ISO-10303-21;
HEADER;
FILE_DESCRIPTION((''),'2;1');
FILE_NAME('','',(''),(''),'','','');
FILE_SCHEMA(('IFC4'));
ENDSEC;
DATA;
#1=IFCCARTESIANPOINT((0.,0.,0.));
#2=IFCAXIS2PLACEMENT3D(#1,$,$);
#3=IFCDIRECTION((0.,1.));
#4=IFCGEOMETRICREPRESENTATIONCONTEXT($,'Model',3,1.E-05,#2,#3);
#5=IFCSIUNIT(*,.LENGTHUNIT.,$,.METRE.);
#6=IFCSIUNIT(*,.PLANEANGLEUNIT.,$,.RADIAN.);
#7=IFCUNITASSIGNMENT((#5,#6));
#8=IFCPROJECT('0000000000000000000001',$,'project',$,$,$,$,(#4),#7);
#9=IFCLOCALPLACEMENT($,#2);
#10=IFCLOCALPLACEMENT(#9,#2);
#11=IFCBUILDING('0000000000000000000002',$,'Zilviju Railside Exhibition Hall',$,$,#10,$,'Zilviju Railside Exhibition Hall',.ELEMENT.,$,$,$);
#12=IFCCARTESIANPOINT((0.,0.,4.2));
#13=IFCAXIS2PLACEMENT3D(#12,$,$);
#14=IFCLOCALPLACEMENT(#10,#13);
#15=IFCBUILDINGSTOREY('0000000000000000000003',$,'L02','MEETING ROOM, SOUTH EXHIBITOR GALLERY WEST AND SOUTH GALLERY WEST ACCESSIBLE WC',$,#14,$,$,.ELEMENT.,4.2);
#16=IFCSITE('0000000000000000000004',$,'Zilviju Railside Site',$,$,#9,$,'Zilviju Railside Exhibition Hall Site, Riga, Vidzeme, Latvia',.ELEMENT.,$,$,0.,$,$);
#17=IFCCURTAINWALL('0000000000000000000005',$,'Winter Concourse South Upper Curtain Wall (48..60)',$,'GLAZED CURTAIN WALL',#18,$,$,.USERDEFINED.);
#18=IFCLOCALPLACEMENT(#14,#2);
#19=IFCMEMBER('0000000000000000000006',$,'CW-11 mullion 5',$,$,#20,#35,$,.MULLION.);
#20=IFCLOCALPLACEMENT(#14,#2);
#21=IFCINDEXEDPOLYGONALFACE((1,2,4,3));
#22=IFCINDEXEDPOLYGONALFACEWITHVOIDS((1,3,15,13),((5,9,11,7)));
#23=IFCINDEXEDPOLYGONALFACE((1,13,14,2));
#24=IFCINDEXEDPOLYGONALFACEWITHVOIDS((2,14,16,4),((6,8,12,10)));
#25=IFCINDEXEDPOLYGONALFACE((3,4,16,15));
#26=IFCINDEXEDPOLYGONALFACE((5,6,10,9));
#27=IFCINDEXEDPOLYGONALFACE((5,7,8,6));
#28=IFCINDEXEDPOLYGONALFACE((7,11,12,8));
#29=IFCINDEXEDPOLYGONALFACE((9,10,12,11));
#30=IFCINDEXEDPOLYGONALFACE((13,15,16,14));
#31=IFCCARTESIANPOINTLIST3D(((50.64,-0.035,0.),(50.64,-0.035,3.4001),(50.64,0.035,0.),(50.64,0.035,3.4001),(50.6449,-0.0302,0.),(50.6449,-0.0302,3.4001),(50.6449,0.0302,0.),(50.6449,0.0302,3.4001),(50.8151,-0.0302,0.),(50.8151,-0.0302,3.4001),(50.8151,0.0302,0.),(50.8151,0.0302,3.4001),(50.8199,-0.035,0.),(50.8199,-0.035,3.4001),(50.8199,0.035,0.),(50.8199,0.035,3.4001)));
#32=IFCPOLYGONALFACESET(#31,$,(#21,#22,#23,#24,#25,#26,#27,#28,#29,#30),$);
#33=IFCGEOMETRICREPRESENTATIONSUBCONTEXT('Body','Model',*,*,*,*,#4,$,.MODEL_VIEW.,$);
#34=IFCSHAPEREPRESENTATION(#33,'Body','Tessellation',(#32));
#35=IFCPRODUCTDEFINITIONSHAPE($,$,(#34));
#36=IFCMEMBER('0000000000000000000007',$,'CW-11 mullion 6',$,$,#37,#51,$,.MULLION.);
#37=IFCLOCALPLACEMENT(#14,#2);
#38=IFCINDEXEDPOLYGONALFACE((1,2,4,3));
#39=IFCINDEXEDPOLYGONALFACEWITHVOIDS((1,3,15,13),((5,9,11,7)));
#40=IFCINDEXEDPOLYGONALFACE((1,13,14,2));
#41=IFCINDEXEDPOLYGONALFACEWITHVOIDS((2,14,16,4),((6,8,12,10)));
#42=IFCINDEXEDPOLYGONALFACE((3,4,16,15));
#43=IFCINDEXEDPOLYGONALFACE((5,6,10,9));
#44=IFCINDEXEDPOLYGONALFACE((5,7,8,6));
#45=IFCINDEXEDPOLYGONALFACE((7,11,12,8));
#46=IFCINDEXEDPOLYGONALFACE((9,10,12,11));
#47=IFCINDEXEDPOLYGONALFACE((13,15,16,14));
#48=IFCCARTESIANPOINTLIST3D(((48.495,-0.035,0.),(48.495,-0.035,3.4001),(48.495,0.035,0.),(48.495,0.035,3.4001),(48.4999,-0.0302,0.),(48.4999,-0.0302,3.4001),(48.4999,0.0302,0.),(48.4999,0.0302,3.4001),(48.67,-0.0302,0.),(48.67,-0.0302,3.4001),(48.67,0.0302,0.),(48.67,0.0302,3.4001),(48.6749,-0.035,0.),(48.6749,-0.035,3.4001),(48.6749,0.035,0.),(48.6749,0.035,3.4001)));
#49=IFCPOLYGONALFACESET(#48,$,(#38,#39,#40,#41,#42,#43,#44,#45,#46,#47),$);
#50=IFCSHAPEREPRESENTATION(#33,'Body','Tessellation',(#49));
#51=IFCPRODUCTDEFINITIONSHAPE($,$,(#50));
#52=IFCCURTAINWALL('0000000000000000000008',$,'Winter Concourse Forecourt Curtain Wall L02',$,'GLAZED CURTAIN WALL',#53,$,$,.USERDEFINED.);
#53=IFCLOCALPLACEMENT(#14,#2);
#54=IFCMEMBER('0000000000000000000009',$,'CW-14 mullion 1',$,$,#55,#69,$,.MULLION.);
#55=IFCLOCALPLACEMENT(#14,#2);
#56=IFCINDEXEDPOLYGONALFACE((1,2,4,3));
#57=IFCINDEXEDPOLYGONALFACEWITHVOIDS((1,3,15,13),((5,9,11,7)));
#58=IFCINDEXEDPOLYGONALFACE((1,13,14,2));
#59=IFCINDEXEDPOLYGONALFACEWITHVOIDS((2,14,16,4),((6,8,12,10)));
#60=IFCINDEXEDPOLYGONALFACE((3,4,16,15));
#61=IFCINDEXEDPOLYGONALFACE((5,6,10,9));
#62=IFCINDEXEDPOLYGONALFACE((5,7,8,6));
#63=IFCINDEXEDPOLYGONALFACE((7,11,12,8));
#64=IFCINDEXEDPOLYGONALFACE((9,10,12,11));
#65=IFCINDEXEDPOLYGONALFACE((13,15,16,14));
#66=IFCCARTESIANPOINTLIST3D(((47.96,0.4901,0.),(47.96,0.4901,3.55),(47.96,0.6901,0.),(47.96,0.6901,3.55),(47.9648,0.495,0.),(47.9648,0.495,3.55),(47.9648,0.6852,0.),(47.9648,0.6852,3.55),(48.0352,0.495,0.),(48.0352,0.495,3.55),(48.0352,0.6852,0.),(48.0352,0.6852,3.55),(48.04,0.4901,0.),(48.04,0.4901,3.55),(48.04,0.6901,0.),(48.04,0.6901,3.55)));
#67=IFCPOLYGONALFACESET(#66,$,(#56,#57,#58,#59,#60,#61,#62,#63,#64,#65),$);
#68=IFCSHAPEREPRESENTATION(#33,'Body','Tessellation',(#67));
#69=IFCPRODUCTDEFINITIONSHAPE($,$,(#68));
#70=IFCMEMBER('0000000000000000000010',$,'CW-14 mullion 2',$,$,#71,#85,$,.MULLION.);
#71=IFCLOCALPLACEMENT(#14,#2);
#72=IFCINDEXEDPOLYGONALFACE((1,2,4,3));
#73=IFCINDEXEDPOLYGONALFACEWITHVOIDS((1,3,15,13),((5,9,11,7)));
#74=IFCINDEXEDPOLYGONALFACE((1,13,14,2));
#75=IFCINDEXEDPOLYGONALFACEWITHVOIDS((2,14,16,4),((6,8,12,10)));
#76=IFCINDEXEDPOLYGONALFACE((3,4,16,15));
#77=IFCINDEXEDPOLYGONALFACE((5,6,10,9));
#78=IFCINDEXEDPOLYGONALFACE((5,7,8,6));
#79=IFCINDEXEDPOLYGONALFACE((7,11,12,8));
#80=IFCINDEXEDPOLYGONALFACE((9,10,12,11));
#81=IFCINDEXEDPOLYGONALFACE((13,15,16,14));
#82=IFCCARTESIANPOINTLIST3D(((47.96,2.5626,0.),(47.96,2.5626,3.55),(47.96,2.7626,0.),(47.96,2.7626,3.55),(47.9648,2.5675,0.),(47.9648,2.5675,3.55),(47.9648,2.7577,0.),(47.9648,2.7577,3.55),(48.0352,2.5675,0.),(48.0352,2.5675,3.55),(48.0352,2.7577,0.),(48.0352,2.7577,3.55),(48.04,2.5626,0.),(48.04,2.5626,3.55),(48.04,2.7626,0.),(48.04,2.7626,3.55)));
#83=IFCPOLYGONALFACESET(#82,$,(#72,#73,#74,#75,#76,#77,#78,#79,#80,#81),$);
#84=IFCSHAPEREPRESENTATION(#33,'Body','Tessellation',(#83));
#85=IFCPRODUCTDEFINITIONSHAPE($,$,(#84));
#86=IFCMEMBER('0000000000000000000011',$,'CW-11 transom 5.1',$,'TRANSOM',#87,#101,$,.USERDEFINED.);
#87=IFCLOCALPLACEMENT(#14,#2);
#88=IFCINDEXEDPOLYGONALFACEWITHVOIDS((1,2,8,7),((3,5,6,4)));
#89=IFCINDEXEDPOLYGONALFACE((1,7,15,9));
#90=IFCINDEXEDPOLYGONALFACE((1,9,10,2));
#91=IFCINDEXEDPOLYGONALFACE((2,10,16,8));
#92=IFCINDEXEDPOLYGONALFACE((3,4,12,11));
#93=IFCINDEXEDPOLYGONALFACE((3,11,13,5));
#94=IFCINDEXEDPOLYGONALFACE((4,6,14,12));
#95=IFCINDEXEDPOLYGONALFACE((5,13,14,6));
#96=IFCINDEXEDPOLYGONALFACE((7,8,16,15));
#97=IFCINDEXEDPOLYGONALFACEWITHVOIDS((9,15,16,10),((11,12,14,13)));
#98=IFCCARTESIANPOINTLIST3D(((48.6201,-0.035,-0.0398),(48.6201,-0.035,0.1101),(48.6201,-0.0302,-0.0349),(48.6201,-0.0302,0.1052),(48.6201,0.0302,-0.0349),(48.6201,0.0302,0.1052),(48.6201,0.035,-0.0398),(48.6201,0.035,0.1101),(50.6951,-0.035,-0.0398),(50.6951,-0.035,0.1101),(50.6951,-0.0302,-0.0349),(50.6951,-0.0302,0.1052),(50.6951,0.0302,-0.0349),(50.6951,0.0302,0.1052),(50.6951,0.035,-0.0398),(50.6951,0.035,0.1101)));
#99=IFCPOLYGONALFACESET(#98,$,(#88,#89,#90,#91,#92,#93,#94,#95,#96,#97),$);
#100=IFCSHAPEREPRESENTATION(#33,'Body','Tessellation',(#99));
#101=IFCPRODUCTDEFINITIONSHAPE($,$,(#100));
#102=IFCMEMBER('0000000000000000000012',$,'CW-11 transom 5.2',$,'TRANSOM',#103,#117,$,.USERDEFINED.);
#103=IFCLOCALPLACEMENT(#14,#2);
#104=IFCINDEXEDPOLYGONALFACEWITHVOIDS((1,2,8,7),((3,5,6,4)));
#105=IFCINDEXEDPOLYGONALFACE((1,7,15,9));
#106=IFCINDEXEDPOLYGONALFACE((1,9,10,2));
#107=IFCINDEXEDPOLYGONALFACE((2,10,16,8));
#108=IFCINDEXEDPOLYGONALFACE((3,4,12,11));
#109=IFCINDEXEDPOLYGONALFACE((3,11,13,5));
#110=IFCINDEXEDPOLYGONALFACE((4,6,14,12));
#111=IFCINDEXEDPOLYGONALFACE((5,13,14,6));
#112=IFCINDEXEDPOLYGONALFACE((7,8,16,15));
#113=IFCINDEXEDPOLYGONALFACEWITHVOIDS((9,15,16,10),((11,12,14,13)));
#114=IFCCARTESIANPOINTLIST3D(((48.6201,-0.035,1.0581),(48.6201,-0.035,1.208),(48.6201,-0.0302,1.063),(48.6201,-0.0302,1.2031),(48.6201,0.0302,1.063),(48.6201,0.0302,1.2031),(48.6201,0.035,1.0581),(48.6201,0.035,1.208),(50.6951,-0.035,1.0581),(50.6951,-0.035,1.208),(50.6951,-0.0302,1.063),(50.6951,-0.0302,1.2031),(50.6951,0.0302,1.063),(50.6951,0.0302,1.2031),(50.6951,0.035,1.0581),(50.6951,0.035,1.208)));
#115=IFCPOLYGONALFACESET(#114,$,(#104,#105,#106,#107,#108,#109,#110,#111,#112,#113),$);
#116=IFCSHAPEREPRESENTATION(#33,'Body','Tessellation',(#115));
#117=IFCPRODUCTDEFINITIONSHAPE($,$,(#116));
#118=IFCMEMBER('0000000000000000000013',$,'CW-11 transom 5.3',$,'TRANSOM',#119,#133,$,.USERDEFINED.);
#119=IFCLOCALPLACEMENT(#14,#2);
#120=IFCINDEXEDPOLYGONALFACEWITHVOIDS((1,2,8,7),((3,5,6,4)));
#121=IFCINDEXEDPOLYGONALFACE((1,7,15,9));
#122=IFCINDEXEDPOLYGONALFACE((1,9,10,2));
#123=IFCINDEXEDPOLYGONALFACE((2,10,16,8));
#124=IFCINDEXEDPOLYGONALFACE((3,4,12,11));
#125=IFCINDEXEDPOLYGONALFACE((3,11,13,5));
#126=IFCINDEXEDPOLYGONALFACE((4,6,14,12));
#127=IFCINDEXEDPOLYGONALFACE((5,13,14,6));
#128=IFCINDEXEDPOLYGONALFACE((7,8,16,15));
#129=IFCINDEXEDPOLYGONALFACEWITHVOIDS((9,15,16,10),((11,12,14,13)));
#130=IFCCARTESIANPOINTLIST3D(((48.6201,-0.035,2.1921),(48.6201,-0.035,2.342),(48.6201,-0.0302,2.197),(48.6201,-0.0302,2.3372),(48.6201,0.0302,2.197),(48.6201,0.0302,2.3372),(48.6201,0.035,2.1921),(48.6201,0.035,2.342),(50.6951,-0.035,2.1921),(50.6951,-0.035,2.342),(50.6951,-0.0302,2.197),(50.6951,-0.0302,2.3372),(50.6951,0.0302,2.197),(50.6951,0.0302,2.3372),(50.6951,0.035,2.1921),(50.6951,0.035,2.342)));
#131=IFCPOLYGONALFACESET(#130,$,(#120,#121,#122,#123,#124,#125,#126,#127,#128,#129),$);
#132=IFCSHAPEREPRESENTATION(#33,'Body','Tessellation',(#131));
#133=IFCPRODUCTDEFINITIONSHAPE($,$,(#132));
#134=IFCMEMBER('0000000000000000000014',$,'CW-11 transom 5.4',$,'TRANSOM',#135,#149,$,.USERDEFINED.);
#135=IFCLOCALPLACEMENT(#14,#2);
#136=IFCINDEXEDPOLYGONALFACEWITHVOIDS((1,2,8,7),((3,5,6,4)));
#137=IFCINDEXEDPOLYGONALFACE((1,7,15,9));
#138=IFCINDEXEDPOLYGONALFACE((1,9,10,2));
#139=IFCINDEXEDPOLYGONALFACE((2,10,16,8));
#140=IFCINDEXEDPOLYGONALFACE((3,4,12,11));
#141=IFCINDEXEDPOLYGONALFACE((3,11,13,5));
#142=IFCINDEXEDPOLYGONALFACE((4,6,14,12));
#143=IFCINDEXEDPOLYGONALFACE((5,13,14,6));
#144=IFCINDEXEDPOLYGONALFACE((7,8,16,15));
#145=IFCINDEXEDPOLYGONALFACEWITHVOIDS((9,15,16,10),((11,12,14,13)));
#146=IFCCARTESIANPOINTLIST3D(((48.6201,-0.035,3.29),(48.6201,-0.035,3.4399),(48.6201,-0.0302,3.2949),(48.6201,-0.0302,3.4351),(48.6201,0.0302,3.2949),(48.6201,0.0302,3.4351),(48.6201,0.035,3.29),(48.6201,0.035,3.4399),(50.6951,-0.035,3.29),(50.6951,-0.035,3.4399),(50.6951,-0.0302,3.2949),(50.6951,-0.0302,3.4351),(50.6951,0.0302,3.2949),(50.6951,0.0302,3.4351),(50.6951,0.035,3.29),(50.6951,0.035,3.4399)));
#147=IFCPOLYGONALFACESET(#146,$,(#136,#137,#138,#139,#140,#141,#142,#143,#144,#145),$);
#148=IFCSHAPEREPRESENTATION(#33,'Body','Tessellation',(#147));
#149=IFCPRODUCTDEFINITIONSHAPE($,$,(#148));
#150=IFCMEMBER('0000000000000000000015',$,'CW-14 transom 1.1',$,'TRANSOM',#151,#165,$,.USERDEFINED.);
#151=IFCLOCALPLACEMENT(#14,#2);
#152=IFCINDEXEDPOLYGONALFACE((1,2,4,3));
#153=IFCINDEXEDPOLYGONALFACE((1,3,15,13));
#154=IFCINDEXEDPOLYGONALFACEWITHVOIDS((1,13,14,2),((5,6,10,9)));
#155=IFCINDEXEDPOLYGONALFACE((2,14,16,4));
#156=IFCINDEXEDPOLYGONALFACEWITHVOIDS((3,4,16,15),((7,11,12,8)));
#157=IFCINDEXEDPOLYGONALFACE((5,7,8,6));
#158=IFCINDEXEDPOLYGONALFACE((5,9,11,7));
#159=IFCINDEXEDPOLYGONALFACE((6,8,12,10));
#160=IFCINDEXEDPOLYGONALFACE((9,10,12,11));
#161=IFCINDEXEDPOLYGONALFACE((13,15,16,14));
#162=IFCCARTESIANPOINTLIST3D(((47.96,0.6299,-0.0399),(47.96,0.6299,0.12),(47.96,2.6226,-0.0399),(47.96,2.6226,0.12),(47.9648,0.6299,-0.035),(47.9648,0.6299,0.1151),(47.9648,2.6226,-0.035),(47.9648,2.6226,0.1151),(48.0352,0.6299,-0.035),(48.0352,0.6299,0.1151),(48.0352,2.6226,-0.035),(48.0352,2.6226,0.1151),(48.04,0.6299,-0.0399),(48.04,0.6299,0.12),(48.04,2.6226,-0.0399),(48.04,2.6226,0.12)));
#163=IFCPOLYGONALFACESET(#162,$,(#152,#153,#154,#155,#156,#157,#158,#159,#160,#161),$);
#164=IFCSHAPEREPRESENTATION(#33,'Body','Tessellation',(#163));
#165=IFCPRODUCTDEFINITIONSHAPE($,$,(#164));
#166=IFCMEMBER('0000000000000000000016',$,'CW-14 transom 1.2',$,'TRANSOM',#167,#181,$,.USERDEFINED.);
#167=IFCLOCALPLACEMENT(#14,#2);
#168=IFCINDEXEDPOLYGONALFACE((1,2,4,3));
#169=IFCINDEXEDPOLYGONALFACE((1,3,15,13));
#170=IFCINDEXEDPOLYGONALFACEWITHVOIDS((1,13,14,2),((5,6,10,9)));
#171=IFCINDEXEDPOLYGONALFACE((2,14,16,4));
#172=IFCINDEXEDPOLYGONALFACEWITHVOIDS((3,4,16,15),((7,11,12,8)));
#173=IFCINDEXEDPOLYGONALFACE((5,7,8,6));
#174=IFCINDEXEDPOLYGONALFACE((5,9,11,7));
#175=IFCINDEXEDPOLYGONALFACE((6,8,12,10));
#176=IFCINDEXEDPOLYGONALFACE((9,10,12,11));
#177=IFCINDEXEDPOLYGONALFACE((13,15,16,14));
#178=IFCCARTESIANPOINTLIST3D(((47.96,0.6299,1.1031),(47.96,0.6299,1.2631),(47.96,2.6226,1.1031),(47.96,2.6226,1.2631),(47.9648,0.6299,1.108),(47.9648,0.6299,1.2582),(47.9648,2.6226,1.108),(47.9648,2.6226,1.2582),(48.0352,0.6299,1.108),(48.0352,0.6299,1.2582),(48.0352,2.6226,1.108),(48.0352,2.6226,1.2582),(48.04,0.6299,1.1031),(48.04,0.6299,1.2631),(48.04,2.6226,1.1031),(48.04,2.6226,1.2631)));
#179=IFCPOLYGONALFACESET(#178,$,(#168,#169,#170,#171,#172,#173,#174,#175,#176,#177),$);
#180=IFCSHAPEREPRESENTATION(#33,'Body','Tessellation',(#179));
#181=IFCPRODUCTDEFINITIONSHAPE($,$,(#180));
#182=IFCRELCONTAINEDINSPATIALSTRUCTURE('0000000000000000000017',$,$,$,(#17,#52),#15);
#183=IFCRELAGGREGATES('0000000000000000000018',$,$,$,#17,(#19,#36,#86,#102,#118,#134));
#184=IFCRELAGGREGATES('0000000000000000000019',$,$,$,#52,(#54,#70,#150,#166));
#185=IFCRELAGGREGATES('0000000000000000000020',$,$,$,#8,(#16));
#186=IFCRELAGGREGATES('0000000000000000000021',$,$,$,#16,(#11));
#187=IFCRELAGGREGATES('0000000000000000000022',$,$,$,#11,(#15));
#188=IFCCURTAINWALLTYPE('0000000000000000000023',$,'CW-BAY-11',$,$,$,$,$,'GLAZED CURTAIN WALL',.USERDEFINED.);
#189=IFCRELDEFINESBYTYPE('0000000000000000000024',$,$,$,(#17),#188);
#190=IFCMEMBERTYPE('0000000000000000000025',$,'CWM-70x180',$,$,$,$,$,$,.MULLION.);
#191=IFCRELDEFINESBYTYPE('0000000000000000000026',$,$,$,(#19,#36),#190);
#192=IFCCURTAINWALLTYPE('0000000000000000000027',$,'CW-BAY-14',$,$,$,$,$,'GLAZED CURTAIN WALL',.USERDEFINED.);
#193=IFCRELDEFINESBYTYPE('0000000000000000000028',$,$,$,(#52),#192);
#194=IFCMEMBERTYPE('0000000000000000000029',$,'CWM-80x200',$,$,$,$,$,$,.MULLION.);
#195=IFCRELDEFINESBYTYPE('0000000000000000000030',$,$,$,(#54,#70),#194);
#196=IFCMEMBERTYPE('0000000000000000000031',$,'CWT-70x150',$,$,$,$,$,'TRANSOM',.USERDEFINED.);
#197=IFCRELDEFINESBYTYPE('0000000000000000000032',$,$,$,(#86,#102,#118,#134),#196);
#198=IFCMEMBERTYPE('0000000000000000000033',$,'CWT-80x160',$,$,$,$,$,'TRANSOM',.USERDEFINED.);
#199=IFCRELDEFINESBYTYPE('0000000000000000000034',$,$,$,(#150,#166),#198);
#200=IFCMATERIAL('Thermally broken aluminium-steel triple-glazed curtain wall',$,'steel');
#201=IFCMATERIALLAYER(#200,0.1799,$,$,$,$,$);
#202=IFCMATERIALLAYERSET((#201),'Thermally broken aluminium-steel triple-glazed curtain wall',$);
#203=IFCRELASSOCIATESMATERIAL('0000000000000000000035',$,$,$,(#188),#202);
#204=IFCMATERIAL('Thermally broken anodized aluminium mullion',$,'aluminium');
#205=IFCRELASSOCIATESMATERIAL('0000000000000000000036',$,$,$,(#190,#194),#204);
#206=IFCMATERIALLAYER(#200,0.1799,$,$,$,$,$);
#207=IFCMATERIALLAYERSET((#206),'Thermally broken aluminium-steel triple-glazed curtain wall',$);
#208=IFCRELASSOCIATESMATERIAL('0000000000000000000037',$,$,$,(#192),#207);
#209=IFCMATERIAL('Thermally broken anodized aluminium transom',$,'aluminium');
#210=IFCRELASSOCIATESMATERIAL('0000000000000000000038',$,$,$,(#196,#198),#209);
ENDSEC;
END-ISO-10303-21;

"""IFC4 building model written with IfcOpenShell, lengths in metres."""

from ifc_helpers import new_model, si_unit, direction, frame, origin, origin_2d, place, context, subcontext, project, spatial, hollow_rectangle, extrude, material, layer, layer_set, material_profile, profile_set, type_object, element, aggregate, save


model = new_model("IFC4")

# Units and contexts
model_context = context("Model", 3, precision=1e-05, world=origin(), true_north=direction((0.0, 1.0)))
body_context = subcontext(model_context, "Body", "Model", "MODEL_VIEW")
ifc_project = project(units=[si_unit("LENGTHUNIT", "METRE"), si_unit("PLANEANGLEUNIT", "RADIAN")], contexts=[model_context])

# Site, building, storey
site_placement = place(None, origin())
site = spatial("IfcSite", under=ifc_project, at=site_placement, Name="Zilviju Railside Site", LongName="Zilviju Railside Exhibition Hall Site, Riga, Vidzeme, Latvia", CompositionType="ELEMENT", RefElevation=0.0)
building_placement = place(site_placement, origin())
building = spatial("IfcBuilding", under=site, at=building_placement, Name="Zilviju Railside Exhibition Hall", LongName="Zilviju Railside Exhibition Hall", CompositionType="ELEMENT")
storey_placement = place(building_placement, frame((0.0, 0.0, 4.2)))
storey = spatial("IfcBuildingStorey", under=building, at=storey_placement, Name="L02", Description="MEETING ROOM, SOUTH EXHIBITOR GALLERY WEST AND SOUTH GALLERY WEST ACCESSIBLE WC", CompositionType="ELEMENT", Elevation=4.2)

# Curtain walls, members
ifc_material_1 = material(Name="Thermally broken aluminium-steel triple-glazed curtain wall", Category="steel")
ifc_layer_1 = layer(ifc_material_1, 0.1799)
ifc_layer_set_1 = layer_set([ifc_layer_1], Name="Thermally broken aluminium-steel triple-glazed curtain wall")
curtain_wall_type_1 = type_object("IfcCurtainWallType", Name="CW-BAY-11", ElementType="GLAZED CURTAIN WALL", PredefinedType="USERDEFINED", material=ifc_layer_set_1)
curtain_wall_1_placement = place(storey_placement, origin())
curtain_wall_1 = element("IfcCurtainWall", 1, at=curtain_wall_1_placement, inside=storey, type_object=curtain_wall_type_1, Name="Winter Concourse South Upper Curtain Wall (48..60)", ObjectType="GLAZED CURTAIN WALL", PredefinedType="USERDEFINED")
ifc_material_2 = material(Name="Thermally broken anodized aluminium mullion", Category="aluminium")
ifc_material_profile_1 = material_profile(ifc_material_2, hollow_rectangle(XDim=0.0701, YDim=0.1799, WallThickness=0.0049, at=origin_2d()), Name="MULLION 180x70x5")
ifc_profile_set_1 = profile_set([ifc_material_profile_1], Name="Thermally broken anodized aluminium mullion")
member_type_1 = type_object("IfcMemberType", Name="CWM-70x180", PredefinedType="MULLION", material=ifc_profile_set_1)
member_1_placement = place(storey_placement, frame((50.73, 0.0, 0.0), z_axis=(0.0, 0.0, 1.0), x_axis=(0.0, -1.0, 0.0)))
member_1 = element("IfcMember", 2, at=member_1_placement, type_object=member_type_1, Name="CW-11 mullion 5", PredefinedType="MULLION", context=body_context, shape_type="SweptSolid", body=[
    extrude(hollow_rectangle(XDim=0.0701, YDim=0.1799, WallThickness=0.0049, at=origin_2d()), origin(), (0.0, 0.0, 1.0), 3.4001),
])
member_2_placement = place(storey_placement, frame((48.585, 0.0, 0.0), z_axis=(0.0, 0.0, 1.0), x_axis=(0.0, -1.0, 0.0)))
member_2 = element("IfcMember", 3, at=member_2_placement, type_object=member_type_1, Name="CW-11 mullion 6", PredefinedType="MULLION", context=body_context, shape_type="SweptSolid", body=[
    extrude(hollow_rectangle(XDim=0.0701, YDim=0.1799, WallThickness=0.0049, at=origin_2d()), origin(), (0.0, 0.0, 1.0), 3.4001),
])
ifc_layer_2 = layer(ifc_material_1, 0.1799)
ifc_layer_set_2 = layer_set([ifc_layer_2], Name="Thermally broken aluminium-steel triple-glazed curtain wall")
curtain_wall_type_2 = type_object("IfcCurtainWallType", Name="CW-BAY-14", ElementType="GLAZED CURTAIN WALL", PredefinedType="USERDEFINED", material=ifc_layer_set_2)
curtain_wall_2_placement = place(storey_placement, origin())
curtain_wall_2 = element("IfcCurtainWall", 4, at=curtain_wall_2_placement, inside=storey, type_object=curtain_wall_type_2, Name="Winter Concourse Forecourt Curtain Wall L02", ObjectType="GLAZED CURTAIN WALL", PredefinedType="USERDEFINED")
ifc_material_profile_2 = material_profile(ifc_material_2, hollow_rectangle(XDim=0.0801, YDim=0.2, WallThickness=0.0049, at=origin_2d()), Name="MULLION 200x80x5")
ifc_profile_set_2 = profile_set([ifc_material_profile_2], Name="Thermally broken anodized aluminium mullion")
member_type_2 = type_object("IfcMemberType", Name="CWM-80x200", PredefinedType="MULLION", material=ifc_profile_set_2)
member_3_placement = place(storey_placement, frame((48.0, 0.5901, 0.0), z_axis=(0.0, 0.0, 1.0), x_axis=(-1.0, 0.0, 0.0)))
member_3 = element("IfcMember", 5, at=member_3_placement, type_object=member_type_2, Name="CW-14 mullion 1", PredefinedType="MULLION", context=body_context, shape_type="SweptSolid", body=[
    extrude(hollow_rectangle(XDim=0.0801, YDim=0.2, WallThickness=0.0049, at=origin_2d()), origin(), (0.0, 0.0, 1.0), 3.55),
])
member_4_placement = place(storey_placement, frame((48.0, 2.6626, 0.0), z_axis=(0.0, 0.0, 1.0), x_axis=(-1.0, 0.0, 0.0)))
member_4 = element("IfcMember", 6, at=member_4_placement, type_object=member_type_2, Name="CW-14 mullion 2", PredefinedType="MULLION", context=body_context, shape_type="SweptSolid", body=[
    extrude(hollow_rectangle(XDim=0.0801, YDim=0.2, WallThickness=0.0049, at=origin_2d()), origin(), (0.0, 0.0, 1.0), 3.55),
])

# Members
ifc_material_3 = material(Name="Thermally broken anodized aluminium transom", Category="aluminium")
ifc_material_profile_3 = material_profile(ifc_material_3, hollow_rectangle(XDim=0.0701, YDim=0.1499, WallThickness=0.0049, at=origin_2d()), Name="TRANSOM 150x70x5")
ifc_profile_set_3 = profile_set([ifc_material_profile_3], Name="Thermally broken anodized aluminium transom")
member_type_3 = type_object("IfcMemberType", Name="CWT-70x150", ElementType="TRANSOM", PredefinedType="USERDEFINED", material=ifc_profile_set_3)
member_5_placement = place(storey_placement, frame((50.6951, 0.0, 0.0352), z_axis=(-1.0, 0.0, 0.0), x_axis=(0.0, -1.0, 0.0)))
member_5 = element("IfcMember", 7, at=member_5_placement, type_object=member_type_3, Name="CW-11 transom 5.1", ObjectType="TRANSOM", PredefinedType="USERDEFINED", context=body_context, shape_type="SweptSolid", body=[
    extrude(hollow_rectangle(XDim=0.0701, YDim=0.1499, WallThickness=0.0049, at=origin_2d()), origin(), (0.0, 0.0, 1.0), 2.075),
])
member_6_placement = place(storey_placement, frame((50.6951, 0.0, 1.1331), z_axis=(-1.0, 0.0, 0.0), x_axis=(0.0, -1.0, 0.0)))
member_6 = element("IfcMember", 8, at=member_6_placement, type_object=member_type_3, Name="CW-11 transom 5.2", ObjectType="TRANSOM", PredefinedType="USERDEFINED", context=body_context, shape_type="SweptSolid", body=[
    extrude(hollow_rectangle(XDim=0.0701, YDim=0.1499, WallThickness=0.0049, at=origin_2d()), origin(), (0.0, 0.0, 1.0), 2.075),
])
member_7_placement = place(storey_placement, frame((50.6951, 0.0, 2.2671), z_axis=(-1.0, 0.0, 0.0), x_axis=(0.0, -1.0, 0.0)))
member_7 = element("IfcMember", 9, at=member_7_placement, type_object=member_type_3, Name="CW-11 transom 5.3", ObjectType="TRANSOM", PredefinedType="USERDEFINED", context=body_context, shape_type="SweptSolid", body=[
    extrude(hollow_rectangle(XDim=0.0701, YDim=0.1499, WallThickness=0.0049, at=origin_2d()), origin(), (0.0, 0.0, 1.0), 2.075),
])
member_8_placement = place(storey_placement, frame((50.6951, 0.0, 3.365), z_axis=(-1.0, 0.0, 0.0), x_axis=(0.0, -1.0, 0.0)))
member_8 = element("IfcMember", 10, at=member_8_placement, type_object=member_type_3, Name="CW-11 transom 5.4", ObjectType="TRANSOM", PredefinedType="USERDEFINED", context=body_context, shape_type="SweptSolid", body=[
    extrude(hollow_rectangle(XDim=0.0701, YDim=0.1499, WallThickness=0.0049, at=origin_2d()), origin(), (0.0, 0.0, 1.0), 2.075),
])
ifc_material_profile_4 = material_profile(ifc_material_3, hollow_rectangle(XDim=0.0801, YDim=0.1599, WallThickness=0.0049, at=origin_2d()), Name="TRANSOM 160x80x5")
ifc_profile_set_4 = profile_set([ifc_material_profile_4], Name="Thermally broken anodized aluminium transom")
member_type_4 = type_object("IfcMemberType", Name="CWT-80x160", ElementType="TRANSOM", PredefinedType="USERDEFINED", material=ifc_profile_set_4)
member_9_placement = place(storey_placement, frame((48.0, 0.6299, 0.04), z_axis=(0.0, 1.0, 0.0), x_axis=(-1.0, 0.0, 0.0)))
member_9 = element("IfcMember", 11, at=member_9_placement, type_object=member_type_4, Name="CW-14 transom 1.1", ObjectType="TRANSOM", PredefinedType="USERDEFINED", context=body_context, shape_type="SweptSolid", body=[
    extrude(hollow_rectangle(XDim=0.0801, YDim=0.1599, WallThickness=0.0049, at=origin_2d()), origin(), (0.0, 0.0, 1.0), 1.9927),
])
member_10_placement = place(storey_placement, frame((48.0, 0.6299, 1.1831), z_axis=(0.0, 1.0, 0.0), x_axis=(-1.0, 0.0, 0.0)))
member_10 = element("IfcMember", 12, at=member_10_placement, type_object=member_type_4, Name="CW-14 transom 1.2", ObjectType="TRANSOM", PredefinedType="USERDEFINED", context=body_context, shape_type="SweptSolid", body=[
    extrude(hollow_rectangle(XDim=0.0801, YDim=0.1599, WallThickness=0.0049, at=origin_2d()), origin(), (0.0, 0.0, 1.0), 1.9927),
])

aggregate(curtain_wall_1, [member_1, member_2, member_5, member_6, member_7, member_8])
aggregate(curtain_wall_2, [member_3, member_4, member_9, member_10])

save(model, "model.ifc")
